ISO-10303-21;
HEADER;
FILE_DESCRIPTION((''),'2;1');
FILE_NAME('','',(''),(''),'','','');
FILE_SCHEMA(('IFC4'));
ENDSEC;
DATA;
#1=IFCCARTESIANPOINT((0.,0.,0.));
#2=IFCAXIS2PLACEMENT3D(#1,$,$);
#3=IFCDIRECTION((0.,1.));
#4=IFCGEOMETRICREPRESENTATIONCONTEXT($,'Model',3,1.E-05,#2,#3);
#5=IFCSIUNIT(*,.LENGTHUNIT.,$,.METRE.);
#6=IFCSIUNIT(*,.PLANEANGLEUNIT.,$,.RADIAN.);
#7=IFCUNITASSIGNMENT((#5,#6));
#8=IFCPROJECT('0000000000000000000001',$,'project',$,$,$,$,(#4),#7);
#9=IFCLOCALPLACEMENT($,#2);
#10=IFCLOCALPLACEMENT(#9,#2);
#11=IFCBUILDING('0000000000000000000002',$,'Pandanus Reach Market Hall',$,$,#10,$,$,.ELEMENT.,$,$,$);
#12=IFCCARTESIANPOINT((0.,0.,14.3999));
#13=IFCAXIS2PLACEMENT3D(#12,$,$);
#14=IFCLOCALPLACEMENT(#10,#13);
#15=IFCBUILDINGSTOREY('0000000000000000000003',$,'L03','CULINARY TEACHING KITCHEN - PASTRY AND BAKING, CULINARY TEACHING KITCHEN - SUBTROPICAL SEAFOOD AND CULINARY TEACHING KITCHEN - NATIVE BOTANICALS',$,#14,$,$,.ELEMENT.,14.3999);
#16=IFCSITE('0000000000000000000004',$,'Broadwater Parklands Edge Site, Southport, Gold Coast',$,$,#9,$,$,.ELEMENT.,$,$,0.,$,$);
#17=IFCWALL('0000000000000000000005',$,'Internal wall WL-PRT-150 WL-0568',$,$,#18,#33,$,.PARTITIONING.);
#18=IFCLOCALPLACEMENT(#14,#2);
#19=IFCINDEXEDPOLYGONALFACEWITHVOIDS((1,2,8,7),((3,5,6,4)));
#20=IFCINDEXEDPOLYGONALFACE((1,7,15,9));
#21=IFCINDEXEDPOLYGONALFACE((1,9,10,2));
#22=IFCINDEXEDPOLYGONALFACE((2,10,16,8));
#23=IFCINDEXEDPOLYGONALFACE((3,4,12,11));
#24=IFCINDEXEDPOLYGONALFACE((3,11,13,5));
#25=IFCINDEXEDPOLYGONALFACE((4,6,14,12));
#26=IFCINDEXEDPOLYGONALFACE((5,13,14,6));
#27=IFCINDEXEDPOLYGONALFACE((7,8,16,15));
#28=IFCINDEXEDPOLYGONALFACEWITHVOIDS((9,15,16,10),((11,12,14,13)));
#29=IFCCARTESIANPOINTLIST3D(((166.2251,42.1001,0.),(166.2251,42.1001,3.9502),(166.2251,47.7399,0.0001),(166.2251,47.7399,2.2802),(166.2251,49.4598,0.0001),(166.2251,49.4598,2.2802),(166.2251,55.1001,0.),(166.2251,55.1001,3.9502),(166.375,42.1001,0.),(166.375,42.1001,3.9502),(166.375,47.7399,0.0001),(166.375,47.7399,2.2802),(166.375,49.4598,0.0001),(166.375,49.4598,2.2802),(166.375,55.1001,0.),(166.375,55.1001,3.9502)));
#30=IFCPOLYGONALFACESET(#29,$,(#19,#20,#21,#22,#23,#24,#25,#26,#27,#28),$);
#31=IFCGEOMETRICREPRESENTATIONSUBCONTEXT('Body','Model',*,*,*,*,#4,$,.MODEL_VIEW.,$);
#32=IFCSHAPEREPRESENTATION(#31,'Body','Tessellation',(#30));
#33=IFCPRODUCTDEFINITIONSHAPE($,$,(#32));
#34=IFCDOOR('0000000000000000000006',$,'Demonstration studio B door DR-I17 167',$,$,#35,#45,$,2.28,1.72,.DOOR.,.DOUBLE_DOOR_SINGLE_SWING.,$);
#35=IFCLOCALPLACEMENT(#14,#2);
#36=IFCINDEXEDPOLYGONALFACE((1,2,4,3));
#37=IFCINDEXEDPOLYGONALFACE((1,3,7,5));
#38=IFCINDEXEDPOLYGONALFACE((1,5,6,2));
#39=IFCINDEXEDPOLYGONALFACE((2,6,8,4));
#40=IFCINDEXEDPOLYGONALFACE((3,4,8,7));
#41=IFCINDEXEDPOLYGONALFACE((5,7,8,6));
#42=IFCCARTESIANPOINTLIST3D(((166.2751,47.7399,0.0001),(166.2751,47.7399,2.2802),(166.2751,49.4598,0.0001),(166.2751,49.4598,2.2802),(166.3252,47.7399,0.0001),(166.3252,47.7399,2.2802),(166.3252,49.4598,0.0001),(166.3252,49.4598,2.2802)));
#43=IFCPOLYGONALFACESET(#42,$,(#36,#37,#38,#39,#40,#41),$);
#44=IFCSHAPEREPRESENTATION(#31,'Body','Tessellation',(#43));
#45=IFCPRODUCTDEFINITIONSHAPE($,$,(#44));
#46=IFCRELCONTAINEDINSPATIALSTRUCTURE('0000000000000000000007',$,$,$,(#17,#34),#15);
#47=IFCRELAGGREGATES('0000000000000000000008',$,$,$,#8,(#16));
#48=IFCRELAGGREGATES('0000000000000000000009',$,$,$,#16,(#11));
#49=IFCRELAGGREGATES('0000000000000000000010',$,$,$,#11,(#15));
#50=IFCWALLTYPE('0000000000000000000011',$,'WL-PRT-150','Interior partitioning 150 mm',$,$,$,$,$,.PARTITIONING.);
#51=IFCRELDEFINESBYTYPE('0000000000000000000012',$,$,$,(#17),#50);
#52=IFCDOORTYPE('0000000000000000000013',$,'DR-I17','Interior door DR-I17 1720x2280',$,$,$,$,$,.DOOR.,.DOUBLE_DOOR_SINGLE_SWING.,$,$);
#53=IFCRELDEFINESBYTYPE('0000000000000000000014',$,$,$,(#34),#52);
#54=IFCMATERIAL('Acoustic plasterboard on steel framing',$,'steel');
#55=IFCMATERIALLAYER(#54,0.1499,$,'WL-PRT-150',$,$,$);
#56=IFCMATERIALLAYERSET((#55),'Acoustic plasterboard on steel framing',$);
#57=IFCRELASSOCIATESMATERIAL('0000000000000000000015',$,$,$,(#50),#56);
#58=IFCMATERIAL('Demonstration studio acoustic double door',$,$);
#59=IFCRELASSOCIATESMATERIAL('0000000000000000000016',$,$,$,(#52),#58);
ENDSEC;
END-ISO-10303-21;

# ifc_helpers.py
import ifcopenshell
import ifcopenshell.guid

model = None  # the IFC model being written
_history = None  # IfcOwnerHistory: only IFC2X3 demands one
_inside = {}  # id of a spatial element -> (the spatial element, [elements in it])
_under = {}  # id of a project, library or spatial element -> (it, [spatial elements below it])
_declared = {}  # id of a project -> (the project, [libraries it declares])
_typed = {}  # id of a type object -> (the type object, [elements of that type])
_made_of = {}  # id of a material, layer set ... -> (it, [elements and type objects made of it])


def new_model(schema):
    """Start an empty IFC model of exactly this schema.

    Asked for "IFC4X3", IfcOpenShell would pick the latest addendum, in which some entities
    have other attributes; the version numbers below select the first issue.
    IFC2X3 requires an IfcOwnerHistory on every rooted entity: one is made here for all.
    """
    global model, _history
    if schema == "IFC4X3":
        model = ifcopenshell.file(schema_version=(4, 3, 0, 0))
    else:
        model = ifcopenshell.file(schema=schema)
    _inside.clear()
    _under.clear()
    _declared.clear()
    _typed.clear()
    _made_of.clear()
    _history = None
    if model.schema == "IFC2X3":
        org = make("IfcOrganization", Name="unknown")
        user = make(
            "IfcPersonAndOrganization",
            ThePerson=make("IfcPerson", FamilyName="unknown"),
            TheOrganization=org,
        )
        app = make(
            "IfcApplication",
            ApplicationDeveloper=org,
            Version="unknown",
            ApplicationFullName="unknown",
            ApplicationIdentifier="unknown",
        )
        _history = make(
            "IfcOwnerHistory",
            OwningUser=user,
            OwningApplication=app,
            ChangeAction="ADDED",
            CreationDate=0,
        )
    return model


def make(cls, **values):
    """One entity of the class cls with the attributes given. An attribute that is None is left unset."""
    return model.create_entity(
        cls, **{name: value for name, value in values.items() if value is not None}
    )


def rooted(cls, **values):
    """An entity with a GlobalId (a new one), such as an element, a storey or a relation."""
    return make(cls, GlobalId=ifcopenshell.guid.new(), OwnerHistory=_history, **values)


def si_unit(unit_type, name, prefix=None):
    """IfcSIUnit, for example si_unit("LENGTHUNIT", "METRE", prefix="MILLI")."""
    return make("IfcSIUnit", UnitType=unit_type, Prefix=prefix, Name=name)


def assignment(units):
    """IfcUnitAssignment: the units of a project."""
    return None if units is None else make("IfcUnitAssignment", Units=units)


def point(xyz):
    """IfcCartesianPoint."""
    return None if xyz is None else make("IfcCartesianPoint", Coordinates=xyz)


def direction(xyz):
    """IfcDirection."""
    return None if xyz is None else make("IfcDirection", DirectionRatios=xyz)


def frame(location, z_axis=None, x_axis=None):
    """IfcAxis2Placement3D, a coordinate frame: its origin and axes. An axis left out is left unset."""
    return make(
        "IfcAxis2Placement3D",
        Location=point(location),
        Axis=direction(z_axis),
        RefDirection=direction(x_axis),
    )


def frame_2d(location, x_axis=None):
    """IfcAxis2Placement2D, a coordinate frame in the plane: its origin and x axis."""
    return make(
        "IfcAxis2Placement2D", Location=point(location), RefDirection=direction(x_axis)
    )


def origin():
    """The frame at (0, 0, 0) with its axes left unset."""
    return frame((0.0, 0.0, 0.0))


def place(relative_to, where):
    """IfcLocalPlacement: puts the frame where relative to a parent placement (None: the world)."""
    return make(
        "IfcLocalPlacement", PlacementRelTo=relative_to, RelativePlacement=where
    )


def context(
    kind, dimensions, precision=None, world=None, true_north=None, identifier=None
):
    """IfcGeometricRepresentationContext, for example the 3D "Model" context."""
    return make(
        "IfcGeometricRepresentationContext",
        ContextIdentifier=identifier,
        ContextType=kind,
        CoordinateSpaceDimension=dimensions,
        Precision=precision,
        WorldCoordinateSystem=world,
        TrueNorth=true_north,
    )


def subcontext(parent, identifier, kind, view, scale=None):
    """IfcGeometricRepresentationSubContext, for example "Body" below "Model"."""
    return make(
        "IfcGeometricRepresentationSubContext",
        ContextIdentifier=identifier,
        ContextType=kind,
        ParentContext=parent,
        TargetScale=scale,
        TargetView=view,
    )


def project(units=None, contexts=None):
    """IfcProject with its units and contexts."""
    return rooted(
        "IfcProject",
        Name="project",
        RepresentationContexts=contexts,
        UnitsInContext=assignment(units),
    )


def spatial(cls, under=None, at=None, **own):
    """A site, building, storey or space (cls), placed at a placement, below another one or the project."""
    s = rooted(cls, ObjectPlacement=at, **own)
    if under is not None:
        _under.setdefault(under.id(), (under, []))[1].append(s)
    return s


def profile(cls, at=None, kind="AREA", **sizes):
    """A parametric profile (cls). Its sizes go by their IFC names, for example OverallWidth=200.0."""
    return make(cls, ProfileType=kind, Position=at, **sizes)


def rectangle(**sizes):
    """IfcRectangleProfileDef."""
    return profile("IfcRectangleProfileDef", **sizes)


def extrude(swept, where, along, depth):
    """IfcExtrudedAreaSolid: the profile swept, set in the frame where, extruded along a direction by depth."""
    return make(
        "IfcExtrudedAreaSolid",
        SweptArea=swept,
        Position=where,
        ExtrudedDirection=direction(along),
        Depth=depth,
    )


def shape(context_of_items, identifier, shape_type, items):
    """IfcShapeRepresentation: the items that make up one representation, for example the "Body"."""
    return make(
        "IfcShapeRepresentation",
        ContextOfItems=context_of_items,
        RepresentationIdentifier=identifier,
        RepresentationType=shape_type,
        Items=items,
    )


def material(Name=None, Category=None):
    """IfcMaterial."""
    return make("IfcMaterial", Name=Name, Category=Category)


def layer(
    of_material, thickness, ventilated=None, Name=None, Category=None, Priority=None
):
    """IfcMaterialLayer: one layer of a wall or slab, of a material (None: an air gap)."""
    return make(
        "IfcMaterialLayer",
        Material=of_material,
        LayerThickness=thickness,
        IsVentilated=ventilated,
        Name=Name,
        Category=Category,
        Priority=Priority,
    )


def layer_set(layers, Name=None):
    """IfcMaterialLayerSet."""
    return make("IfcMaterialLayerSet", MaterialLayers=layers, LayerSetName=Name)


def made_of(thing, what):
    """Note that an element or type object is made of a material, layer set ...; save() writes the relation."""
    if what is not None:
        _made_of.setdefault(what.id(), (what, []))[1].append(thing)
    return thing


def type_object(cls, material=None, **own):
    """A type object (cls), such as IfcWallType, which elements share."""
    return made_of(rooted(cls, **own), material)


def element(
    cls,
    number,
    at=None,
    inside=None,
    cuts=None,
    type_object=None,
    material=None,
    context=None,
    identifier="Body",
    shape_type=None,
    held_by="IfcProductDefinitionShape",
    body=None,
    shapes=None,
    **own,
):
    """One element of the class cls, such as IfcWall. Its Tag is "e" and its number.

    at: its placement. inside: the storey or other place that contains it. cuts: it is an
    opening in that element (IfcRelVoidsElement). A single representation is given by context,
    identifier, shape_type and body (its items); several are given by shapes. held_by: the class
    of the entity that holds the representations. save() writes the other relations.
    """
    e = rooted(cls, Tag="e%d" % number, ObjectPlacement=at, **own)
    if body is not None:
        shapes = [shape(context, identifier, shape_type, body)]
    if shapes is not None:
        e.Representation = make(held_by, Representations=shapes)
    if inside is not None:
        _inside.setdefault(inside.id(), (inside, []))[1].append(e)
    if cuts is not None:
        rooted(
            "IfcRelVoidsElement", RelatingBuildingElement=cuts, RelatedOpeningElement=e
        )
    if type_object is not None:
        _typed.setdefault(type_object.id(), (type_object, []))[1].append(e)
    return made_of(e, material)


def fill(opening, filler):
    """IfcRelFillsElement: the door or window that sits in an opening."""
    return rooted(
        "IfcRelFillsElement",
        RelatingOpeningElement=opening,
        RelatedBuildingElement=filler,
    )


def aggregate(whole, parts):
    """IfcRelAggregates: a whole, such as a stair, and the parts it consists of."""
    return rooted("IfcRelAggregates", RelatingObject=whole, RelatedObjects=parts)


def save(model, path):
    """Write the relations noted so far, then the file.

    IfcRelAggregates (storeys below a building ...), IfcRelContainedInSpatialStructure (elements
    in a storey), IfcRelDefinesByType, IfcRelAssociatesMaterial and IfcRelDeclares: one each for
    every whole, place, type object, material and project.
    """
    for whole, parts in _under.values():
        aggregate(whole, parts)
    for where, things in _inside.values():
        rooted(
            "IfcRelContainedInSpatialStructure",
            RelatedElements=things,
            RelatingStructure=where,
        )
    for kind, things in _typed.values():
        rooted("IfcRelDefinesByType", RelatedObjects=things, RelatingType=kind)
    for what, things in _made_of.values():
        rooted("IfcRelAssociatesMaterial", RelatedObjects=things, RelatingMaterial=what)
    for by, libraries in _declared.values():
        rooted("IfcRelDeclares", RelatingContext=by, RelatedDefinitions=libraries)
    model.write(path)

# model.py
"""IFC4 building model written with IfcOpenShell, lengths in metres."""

from ifc_helpers import new_model, si_unit, direction, frame, frame_2d, origin, place, context, subcontext, project, spatial, rectangle, extrude, material, layer, layer_set, type_object, element, fill, save


model = new_model("IFC4")

# Units and contexts
model_context = context("Model", 3, precision=1e-05, world=origin(), true_north=direction((0.0, 1.0)))
body_context = subcontext(model_context, "Body", "Model", "MODEL_VIEW")
ifc_project = project(units=[si_unit("LENGTHUNIT", "METRE"), si_unit("PLANEANGLEUNIT", "RADIAN")], contexts=[model_context])

# Site, building, storey
site_placement = place(None, origin())
site = spatial("IfcSite", under=ifc_project, at=site_placement, Name="Broadwater Parklands Edge Site, Southport, Gold Coast", CompositionType="ELEMENT", RefElevation=0.0)
building_placement = place(site_placement, origin())
building = spatial("IfcBuilding", under=site, at=building_placement, Name="Pandanus Reach Market Hall", CompositionType="ELEMENT")
storey_placement = place(building_placement, frame((0.0, 0.0, 14.3999)))
storey = spatial("IfcBuildingStorey", under=building, at=storey_placement, Name="L03", Description="CULINARY TEACHING KITCHEN - PASTRY AND BAKING, CULINARY TEACHING KITCHEN - SUBTROPICAL SEAFOOD AND CULINARY TEACHING KITCHEN - NATIVE BOTANICALS", CompositionType="ELEMENT", Elevation=14.3999)

# Wall, opening, door
ifc_material_1 = material(Name="Acoustic plasterboard on steel framing", Category="steel")
ifc_layer_1 = layer(ifc_material_1, 0.1499, Name="WL-PRT-150")
ifc_layer_set_1 = layer_set([ifc_layer_1], Name="Acoustic plasterboard on steel framing")
wall_type_1 = type_object("IfcWallType", Name="WL-PRT-150", Description="Interior partitioning 150 mm", PredefinedType="PARTITIONING", material=ifc_layer_set_1)
wall_1_placement = place(storey_placement, frame((166.3, 42.1001, 0.0), z_axis=(0.0, 0.0, 1.0), x_axis=(0.0, 1.0, 0.0)))
wall_1 = element("IfcWall", 1, at=wall_1_placement, inside=storey, type_object=wall_type_1, Name="Internal wall WL-PRT-150 WL-0568", PredefinedType="PARTITIONING", context=body_context, shape_type="SweptSolid", body=[
    extrude(rectangle(XDim=13.0, YDim=0.1499, at=frame_2d((6.5, 0.0))), origin(), (0.0, 0.0, 1.0), 3.9502),
])
opening_1_placement = place(wall_1_placement, frame((5.6399, 0.0, 0.0)))
opening_1 = element("IfcOpeningElement", 2, at=opening_1_placement, cuts=wall_1, PredefinedType="OPENING", context=body_context, shape_type="SweptSolid", body=[
    extrude(rectangle(XDim=1.72, YDim=2.28, at=frame_2d((0.8599, 1.1401))), frame((0.0, 0.0898, 0.0), z_axis=(0.0, -1.0, 0.0), x_axis=(1.0, 0.0, 0.0)), (0.0, 0.0, 1.0), 0.1799),
])
ifc_material_2 = material(Name="Demonstration studio acoustic double door")
door_type_1 = type_object("IfcDoorType", Name="DR-I17", Description="Interior door DR-I17 1720x2280", OperationType="DOUBLE_DOOR_SINGLE_SWING", PredefinedType="DOOR", material=ifc_material_2)
door_1_placement = place(opening_1_placement, origin())
door_1 = element("IfcDoor", 3, at=door_1_placement, inside=storey, type_object=door_type_1, Name="Demonstration studio B door DR-I17 167", OperationType="DOUBLE_DOOR_SINGLE_SWING", OverallHeight=2.28, OverallWidth=1.72, PredefinedType="DOOR", context=body_context, shape_type="SweptSolid", body=[
    extrude(rectangle(XDim=1.72, YDim=2.28, at=frame_2d((0.8599, 1.1401))), frame((0.0, 0.0249, 0.0), z_axis=(0.0, -1.0, 0.0), x_axis=(1.0, 0.0, 0.0)), (0.0, 0.0, 1.0), 0.05),
])
fill(opening_1, door_1)

save(model, "model.ifc")
